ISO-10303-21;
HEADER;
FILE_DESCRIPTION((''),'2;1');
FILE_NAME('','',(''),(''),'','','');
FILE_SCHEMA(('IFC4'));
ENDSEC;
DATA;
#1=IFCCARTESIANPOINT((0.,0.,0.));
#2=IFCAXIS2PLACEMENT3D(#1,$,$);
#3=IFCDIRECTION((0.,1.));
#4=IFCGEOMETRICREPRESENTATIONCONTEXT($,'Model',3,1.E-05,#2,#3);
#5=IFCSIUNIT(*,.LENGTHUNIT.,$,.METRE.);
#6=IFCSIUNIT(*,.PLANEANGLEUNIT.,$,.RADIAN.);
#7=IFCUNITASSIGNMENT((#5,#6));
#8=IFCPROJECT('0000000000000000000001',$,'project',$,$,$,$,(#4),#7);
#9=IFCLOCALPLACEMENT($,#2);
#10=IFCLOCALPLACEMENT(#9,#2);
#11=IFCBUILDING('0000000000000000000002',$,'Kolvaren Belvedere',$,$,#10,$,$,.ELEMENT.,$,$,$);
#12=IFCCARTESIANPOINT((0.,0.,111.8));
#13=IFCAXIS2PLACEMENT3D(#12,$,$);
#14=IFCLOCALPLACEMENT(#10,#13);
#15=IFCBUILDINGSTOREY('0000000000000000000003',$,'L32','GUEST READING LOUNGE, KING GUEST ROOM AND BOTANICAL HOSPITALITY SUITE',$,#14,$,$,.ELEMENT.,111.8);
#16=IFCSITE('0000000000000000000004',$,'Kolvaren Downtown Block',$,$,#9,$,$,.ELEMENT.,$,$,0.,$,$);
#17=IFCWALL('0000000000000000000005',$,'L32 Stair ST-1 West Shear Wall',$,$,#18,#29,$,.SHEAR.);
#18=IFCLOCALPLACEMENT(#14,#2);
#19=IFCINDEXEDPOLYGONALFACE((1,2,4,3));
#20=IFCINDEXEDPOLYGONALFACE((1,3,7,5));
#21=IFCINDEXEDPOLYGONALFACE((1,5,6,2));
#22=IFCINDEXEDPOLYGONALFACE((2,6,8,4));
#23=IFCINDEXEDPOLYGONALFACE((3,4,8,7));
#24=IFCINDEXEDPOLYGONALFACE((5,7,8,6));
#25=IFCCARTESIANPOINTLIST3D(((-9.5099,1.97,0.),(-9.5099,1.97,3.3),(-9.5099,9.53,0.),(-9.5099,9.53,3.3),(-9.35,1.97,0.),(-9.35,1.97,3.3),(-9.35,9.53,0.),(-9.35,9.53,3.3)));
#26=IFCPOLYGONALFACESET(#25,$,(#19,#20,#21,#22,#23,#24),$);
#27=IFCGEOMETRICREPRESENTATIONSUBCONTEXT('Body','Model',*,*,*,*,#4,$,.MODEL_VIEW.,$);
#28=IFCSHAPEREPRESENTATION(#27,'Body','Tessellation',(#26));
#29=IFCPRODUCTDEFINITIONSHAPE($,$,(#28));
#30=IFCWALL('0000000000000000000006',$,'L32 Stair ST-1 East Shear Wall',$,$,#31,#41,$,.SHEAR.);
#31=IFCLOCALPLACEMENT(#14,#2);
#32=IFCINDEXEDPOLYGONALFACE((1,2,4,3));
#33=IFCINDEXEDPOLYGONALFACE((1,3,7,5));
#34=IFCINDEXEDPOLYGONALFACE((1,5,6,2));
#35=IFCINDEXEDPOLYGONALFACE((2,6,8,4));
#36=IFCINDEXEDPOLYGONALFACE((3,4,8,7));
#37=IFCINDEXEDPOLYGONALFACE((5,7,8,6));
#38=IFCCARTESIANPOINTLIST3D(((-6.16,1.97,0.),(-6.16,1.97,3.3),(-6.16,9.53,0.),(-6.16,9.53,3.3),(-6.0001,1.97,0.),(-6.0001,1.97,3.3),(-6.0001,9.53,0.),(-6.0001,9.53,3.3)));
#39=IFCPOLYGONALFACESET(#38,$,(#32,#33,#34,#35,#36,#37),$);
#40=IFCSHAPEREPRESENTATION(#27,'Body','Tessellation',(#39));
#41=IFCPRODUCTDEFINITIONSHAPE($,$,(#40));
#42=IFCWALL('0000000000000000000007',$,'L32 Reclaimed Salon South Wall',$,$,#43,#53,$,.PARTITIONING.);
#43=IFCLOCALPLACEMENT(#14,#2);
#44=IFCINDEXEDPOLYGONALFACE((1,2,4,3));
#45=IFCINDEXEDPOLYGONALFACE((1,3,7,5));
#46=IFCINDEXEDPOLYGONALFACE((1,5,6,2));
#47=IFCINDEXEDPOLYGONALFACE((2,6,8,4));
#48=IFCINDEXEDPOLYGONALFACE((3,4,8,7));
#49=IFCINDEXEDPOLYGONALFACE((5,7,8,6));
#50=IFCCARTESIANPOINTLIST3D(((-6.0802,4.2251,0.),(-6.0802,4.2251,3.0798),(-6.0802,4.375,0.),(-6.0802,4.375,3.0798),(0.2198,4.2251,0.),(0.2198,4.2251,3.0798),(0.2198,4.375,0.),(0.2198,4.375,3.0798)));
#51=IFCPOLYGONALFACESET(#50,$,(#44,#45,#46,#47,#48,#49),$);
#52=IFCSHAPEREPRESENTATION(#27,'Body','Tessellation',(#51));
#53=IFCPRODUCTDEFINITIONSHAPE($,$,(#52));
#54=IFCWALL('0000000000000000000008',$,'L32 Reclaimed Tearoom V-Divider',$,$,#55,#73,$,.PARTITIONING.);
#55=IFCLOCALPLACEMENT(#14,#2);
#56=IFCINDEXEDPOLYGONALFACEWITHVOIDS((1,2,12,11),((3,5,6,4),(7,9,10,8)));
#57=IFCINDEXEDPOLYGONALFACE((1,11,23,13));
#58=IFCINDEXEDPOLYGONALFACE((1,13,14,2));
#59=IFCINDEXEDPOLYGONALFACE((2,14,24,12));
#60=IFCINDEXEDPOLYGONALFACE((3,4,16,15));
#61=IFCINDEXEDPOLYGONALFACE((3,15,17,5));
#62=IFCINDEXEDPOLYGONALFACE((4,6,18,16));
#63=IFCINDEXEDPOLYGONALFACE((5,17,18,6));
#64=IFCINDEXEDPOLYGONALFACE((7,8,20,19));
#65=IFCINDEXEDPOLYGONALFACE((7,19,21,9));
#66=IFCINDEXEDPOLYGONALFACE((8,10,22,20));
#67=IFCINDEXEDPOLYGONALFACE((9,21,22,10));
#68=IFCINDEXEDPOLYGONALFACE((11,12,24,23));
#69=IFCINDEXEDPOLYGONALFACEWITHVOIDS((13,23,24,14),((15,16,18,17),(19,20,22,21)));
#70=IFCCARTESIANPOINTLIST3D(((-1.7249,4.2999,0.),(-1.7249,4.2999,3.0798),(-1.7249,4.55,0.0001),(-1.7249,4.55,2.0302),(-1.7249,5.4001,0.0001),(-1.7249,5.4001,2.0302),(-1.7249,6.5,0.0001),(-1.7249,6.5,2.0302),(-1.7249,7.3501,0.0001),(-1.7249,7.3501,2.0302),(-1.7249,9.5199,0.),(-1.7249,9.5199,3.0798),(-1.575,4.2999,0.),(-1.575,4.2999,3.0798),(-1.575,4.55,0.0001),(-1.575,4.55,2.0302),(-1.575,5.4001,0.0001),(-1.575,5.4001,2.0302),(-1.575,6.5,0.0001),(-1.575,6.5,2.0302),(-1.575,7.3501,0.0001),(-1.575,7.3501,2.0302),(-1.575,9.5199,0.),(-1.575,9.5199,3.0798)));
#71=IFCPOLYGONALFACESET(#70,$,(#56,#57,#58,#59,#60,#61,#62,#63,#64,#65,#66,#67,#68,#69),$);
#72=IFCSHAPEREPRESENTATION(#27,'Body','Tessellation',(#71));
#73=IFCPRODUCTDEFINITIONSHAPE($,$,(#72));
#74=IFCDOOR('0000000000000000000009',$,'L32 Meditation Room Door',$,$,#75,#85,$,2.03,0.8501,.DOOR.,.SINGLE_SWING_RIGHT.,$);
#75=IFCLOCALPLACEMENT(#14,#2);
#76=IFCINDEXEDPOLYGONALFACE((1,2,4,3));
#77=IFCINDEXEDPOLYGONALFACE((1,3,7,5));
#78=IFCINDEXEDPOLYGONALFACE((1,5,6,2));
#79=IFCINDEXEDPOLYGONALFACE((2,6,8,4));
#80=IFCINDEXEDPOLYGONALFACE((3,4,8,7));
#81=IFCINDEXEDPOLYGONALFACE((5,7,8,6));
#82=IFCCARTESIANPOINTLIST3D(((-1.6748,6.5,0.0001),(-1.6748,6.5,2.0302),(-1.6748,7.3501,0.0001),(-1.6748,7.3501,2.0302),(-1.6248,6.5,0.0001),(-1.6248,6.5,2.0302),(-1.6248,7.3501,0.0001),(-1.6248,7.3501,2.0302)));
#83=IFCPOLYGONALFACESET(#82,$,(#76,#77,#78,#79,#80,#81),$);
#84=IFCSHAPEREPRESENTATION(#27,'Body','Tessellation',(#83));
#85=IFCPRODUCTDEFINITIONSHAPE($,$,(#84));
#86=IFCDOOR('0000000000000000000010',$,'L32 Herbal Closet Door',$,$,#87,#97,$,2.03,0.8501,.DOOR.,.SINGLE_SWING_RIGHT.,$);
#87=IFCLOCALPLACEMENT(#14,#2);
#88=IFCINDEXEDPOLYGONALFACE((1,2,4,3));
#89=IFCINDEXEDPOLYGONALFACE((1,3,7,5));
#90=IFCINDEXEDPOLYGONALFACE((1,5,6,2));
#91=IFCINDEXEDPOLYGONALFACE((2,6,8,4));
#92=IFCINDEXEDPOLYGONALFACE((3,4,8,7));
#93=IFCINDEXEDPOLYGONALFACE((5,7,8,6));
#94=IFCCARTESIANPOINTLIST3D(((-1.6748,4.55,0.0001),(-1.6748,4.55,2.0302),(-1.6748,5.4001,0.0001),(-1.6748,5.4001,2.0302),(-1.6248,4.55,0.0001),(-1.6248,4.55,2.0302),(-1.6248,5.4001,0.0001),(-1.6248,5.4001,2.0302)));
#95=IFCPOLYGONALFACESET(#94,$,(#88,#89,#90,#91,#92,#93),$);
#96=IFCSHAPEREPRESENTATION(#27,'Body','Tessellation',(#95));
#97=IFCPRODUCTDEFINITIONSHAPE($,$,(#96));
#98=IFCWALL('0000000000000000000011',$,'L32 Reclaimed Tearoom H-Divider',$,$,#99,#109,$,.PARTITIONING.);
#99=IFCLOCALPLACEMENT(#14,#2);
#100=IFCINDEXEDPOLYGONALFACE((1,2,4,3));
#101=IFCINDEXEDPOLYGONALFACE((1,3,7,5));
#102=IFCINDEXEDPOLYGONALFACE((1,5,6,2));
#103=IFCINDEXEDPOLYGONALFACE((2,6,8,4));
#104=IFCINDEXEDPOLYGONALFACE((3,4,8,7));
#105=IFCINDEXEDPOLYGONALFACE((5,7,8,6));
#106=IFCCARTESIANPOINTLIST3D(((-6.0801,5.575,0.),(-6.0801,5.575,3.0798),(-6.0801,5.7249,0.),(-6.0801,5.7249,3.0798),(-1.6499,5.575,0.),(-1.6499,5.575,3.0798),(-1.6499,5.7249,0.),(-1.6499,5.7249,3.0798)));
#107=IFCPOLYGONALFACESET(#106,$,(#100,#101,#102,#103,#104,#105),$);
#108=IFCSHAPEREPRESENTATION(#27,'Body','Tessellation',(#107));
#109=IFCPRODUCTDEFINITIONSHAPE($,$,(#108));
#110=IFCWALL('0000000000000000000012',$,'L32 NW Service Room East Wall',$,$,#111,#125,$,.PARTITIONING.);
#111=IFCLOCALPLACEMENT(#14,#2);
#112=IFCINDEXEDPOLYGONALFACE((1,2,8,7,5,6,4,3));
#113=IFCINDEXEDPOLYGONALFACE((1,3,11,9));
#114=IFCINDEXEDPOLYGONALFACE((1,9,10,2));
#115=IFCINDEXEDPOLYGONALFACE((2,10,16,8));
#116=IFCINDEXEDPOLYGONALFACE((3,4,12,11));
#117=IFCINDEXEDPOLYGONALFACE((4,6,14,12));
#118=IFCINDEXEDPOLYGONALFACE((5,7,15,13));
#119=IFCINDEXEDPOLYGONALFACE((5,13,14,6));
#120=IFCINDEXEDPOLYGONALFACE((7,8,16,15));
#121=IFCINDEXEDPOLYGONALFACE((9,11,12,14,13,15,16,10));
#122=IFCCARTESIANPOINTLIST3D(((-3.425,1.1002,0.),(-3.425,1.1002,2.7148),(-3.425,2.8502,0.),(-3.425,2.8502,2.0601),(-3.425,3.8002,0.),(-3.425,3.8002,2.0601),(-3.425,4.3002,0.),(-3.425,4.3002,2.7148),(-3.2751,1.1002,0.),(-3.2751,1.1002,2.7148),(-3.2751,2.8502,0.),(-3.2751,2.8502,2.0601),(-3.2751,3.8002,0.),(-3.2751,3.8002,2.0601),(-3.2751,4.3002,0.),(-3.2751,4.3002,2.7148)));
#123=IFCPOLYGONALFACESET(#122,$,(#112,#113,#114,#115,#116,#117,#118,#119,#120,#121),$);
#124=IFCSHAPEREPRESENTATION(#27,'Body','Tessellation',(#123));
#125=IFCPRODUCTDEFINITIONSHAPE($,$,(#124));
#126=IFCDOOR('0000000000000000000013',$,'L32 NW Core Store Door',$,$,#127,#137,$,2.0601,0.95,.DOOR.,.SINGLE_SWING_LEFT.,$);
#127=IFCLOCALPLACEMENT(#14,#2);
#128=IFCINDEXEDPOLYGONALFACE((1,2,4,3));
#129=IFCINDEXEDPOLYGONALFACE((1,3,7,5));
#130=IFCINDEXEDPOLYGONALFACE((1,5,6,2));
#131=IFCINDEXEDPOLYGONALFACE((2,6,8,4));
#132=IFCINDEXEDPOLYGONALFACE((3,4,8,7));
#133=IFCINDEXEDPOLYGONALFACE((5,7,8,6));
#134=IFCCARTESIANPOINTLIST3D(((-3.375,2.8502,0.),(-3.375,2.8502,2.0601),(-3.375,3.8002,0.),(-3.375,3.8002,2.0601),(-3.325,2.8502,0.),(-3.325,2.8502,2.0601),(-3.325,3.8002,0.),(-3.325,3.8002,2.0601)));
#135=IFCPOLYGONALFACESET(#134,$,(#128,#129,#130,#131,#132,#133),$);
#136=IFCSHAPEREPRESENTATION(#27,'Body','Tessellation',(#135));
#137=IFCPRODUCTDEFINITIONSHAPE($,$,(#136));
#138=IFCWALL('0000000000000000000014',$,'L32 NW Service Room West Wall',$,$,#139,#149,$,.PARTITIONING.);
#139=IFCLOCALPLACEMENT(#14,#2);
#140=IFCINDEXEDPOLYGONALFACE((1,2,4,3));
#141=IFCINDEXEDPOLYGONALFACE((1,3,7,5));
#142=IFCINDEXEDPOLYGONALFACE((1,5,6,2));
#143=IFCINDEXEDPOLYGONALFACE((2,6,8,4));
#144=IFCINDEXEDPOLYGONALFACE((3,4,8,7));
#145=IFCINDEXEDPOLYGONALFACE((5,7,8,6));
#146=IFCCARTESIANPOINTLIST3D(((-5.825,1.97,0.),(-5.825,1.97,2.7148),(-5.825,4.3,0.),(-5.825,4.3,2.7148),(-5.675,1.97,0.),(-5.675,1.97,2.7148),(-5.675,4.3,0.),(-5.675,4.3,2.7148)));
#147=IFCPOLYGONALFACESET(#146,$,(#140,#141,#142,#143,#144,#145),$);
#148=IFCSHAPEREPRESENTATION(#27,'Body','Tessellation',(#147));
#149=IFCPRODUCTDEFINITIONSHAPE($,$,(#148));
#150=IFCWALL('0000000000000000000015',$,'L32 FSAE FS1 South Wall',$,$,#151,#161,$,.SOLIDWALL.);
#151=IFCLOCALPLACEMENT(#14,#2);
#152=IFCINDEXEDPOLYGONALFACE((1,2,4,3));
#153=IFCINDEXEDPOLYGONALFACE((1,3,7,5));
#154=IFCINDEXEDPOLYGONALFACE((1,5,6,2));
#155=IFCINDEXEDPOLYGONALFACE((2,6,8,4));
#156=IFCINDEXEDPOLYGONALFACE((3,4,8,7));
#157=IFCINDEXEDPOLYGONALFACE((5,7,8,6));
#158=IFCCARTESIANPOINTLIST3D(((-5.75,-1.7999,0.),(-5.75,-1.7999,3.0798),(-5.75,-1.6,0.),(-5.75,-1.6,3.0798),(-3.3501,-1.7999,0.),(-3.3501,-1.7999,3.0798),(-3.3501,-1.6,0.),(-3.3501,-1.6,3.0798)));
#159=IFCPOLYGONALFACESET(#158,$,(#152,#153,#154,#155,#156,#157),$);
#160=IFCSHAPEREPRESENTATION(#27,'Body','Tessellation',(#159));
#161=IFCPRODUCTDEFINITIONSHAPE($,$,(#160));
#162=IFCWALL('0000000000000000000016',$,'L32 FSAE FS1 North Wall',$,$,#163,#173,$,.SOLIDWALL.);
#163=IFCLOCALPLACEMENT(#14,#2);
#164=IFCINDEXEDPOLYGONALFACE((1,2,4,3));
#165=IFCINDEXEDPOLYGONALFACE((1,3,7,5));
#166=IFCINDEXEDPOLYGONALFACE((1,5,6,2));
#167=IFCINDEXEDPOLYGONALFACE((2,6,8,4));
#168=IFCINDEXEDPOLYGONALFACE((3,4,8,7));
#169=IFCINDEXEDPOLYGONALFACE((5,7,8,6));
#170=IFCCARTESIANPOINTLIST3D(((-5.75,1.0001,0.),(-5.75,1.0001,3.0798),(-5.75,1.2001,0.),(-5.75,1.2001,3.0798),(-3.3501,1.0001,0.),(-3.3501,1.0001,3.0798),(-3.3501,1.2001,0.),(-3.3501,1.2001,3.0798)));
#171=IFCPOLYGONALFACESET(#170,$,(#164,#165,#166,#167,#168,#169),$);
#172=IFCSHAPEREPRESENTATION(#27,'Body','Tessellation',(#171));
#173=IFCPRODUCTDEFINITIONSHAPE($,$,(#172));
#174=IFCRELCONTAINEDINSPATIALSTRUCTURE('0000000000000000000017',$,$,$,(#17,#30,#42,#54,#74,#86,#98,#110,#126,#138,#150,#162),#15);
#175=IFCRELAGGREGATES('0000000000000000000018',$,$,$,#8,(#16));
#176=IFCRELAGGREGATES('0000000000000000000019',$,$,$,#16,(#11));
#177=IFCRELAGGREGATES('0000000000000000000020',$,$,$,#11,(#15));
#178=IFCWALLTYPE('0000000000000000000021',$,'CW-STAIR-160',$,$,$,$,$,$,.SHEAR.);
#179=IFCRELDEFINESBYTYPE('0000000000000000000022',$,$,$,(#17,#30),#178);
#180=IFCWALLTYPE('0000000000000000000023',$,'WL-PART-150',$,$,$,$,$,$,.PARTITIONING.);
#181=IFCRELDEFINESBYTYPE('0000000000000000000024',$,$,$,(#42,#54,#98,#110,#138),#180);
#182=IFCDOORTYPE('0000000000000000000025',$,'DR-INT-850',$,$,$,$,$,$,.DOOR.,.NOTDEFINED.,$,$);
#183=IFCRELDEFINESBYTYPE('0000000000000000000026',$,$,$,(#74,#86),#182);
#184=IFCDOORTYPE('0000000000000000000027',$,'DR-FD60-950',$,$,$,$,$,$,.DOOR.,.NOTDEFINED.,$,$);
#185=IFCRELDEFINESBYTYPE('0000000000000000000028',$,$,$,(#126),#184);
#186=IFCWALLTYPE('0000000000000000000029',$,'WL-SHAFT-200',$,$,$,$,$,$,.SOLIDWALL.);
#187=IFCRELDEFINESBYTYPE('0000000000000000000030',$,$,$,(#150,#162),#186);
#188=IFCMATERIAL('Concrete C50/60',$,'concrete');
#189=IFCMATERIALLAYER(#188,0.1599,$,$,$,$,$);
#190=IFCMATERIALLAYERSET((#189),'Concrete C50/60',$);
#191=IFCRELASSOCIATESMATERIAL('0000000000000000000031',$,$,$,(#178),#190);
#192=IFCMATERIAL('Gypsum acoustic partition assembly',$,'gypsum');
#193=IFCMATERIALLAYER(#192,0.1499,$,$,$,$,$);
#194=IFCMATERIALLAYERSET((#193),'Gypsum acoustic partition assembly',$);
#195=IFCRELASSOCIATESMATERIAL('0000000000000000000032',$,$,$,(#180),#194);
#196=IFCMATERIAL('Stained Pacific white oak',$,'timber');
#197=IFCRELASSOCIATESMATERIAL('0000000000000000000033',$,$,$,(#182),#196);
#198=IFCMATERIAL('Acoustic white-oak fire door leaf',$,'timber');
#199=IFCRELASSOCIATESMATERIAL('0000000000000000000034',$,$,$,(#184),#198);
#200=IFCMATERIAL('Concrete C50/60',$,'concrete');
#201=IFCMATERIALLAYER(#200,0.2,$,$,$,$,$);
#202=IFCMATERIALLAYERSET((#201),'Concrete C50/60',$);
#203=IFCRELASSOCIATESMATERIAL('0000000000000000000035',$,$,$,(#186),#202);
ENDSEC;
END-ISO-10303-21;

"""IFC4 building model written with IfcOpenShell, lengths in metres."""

from ifc_helpers import new_model, si_unit, direction, frame, frame_2d, origin, place, context, subcontext, project, spatial, rectangle, extrude, material, layer, layer_set, type_object, element, fill, save


model = new_model("IFC4")

# Units and contexts
model_context = context("Model", 3, precision=1e-05, world=origin(), true_north=direction((0.0, 1.0)))
body_context = subcontext(model_context, "Body", "Model", "MODEL_VIEW")
ifc_project = project(units=[si_unit("LENGTHUNIT", "METRE"), si_unit("PLANEANGLEUNIT", "RADIAN")], contexts=[model_context])

# Site, building, storey
site_placement = place(None, origin())
site = spatial("IfcSite", under=ifc_project, at=site_placement, Name="Kolvaren Downtown Block", CompositionType="ELEMENT", RefElevation=0.0)
building_placement = place(site_placement, origin())
building = spatial("IfcBuilding", under=site, at=building_placement, Name="Kolvaren Belvedere", CompositionType="ELEMENT")
storey_placement = place(building_placement, frame((0.0, 0.0, 111.8)))
storey = spatial("IfcBuildingStorey", under=building, at=storey_placement, Name="L32", Description="GUEST READING LOUNGE, KING GUEST ROOM AND BOTANICAL HOSPITALITY SUITE", CompositionType="ELEMENT", Elevation=111.8)

# Shared definitions
ifc_material_1 = material(Name="Concrete C50/60", Category="concrete")
ifc_layer_1 = layer(ifc_material_1, 0.1599)
ifc_layer_set_1 = layer_set([ifc_layer_1], Name="Concrete C50/60")
wall_type_1 = type_object("IfcWallType", Name="CW-STAIR-160", PredefinedType="SHEAR", material=ifc_layer_set_1)

# Walls
for number, where, z_axis, x_axis, name in (
    (1, (-9.4299, 1.97, 0.0), (0.0, 0.0, 1.0), (0.0, 1.0, 0.0), "L32 Stair ST-1 West Shear Wall"),
    (2, (-6.0801, 1.97, 0.0), (0.0, 0.0, 1.0), (0.0, 1.0, 0.0), "L32 Stair ST-1 East Shear Wall"),
):
    element("IfcWall", number, at=place(storey_placement, frame(where, z_axis=z_axis, x_axis=x_axis)), inside=storey, type_object=wall_type_1, Name=name, PredefinedType="SHEAR", context=body_context, shape_type="SweptSolid", body=[
        extrude(rectangle(XDim=7.5601, YDim=0.1599, at=frame_2d((3.78, 0.0))), origin(), (0.0, 0.0, 1.0), 3.3),
    ])
ifc_material_2 = material(Name="Gypsum acoustic partition assembly", Category="gypsum")
ifc_layer_2 = layer(ifc_material_2, 0.1499)
ifc_layer_set_2 = layer_set([ifc_layer_2], Name="Gypsum acoustic partition assembly")
wall_type_2 = type_object("IfcWallType", Name="WL-PART-150", PredefinedType="PARTITIONING", material=ifc_layer_set_2)
wall_1_placement = place(storey_placement, frame((-6.0801, 4.3, 0.0), z_axis=(0.0, 0.0, 1.0), x_axis=(1.0, 0.0, 0.0)))
element("IfcWall", 3, at=wall_1_placement, inside=storey, type_object=wall_type_2, Name="L32 Reclaimed Salon South Wall", PredefinedType="PARTITIONING", context=body_context, shape_type="SweptSolid", body=[
    extrude(rectangle(XDim=6.3, YDim=0.1499, at=frame_2d((3.1499, 0.0))), origin(), (0.0, 0.0, 1.0), 3.0798),
])

# Wall, openings, doors
wall_2_placement = place(storey_placement, frame((-1.6499, 4.3, 0.0), z_axis=(0.0, 0.0, 1.0), x_axis=(0.0, 1.0, 0.0)))
wall_2 = element("IfcWall", 4, at=wall_2_placement, inside=storey, type_object=wall_type_2, Name="L32 Reclaimed Tearoom V-Divider", PredefinedType="PARTITIONING", context=body_context, shape_type="SweptSolid", body=[
    extrude(rectangle(XDim=5.22, YDim=0.1499, at=frame_2d((2.6099, 0.0))), origin(), (0.0, 0.0, 1.0), 3.0798),
])
opening_1_placement = place(wall_2_placement, frame((2.2, 0.0, 0.0)))
opening_1 = element("IfcOpeningElement", 5, at=opening_1_placement, cuts=wall_2, PredefinedType="OPENING", context=body_context, shape_type="SweptSolid", body=[
    extrude(rectangle(XDim=0.8501, YDim=2.03, at=frame_2d((0.425, 1.0151))), frame((0.0, 0.085, 0.0), z_axis=(0.0, -1.0, 0.0), x_axis=(1.0, 0.0, 0.0)), (0.0, 0.0, 1.0), 0.1699),
])
opening_2_placement = place(wall_2_placement, frame((0.25, 0.0, 0.0)))
opening_2 = element("IfcOpeningElement", 6, at=opening_2_placement, cuts=wall_2, PredefinedType="OPENING", context=body_context, shape_type="SweptSolid", body=[
    extrude(rectangle(XDim=0.8501, YDim=2.03, at=frame_2d((0.425, 1.0151))), frame((0.0, 0.085, 0.0), z_axis=(0.0, -1.0, 0.0), x_axis=(1.0, 0.0, 0.0)), (0.0, 0.0, 1.0), 0.1699),
])
ifc_material_3 = material(Name="Stained Pacific white oak", Category="timber")
door_type_1 = type_object("IfcDoorType", Name="DR-INT-850", OperationType="NOTDEFINED", PredefinedType="DOOR", material=ifc_material_3)
door_1_placement = place(opening_1_placement, origin())
door_1 = element("IfcDoor", 7, at=door_1_placement, inside=storey, type_object=door_type_1, Name="L32 Meditation Room Door", OperationType="SINGLE_SWING_RIGHT", OverallHeight=2.03, OverallWidth=0.8501, PredefinedType="DOOR", context=body_context, shape_type="SweptSolid", body=[
    extrude(rectangle(XDim=0.8501, YDim=2.03, at=frame_2d((0.425, 1.0151))), frame((0.0, 0.0249, 0.0), z_axis=(0.0, -1.0, 0.0), x_axis=(1.0, 0.0, 0.0)), (0.0, 0.0, 1.0), 0.05),
])
fill(opening_1, door_1)
door_2_placement = place(opening_2_placement, origin())
door_2 = element("IfcDoor", 8, at=door_2_placement, inside=storey, type_object=door_type_1, Name="L32 Herbal Closet Door", OperationType="SINGLE_SWING_RIGHT", OverallHeight=2.03, OverallWidth=0.8501, PredefinedType="DOOR", context=body_context, shape_type="SweptSolid", body=[
    extrude(rectangle(XDim=0.8501, YDim=2.03, at=frame_2d((0.425, 1.0151))), frame((0.0, 0.0249, 0.0), z_axis=(0.0, -1.0, 0.0), x_axis=(1.0, 0.0, 0.0)), (0.0, 0.0, 1.0), 0.05),
])
fill(opening_2, door_2)

# Wall
wall_3_placement = place(storey_placement, frame((-6.0801, 5.6499, 0.0), z_axis=(0.0, 0.0, 1.0), x_axis=(1.0, 0.0, 0.0)))
element("IfcWall", 9, at=wall_3_placement, inside=storey, type_object=wall_type_2, Name="L32 Reclaimed Tearoom H-Divider", PredefinedType="PARTITIONING", context=body_context, shape_type="SweptSolid", body=[
    extrude(rectangle(XDim=4.4302, YDim=0.1499, at=frame_2d((2.2151, 0.0))), origin(), (0.0, 0.0, 1.0), 3.0798),
])

# Wall, opening, door
wall_4_placement = place(storey_placement, frame((-3.3501, 1.1001, 0.0), z_axis=(0.0, 0.0, 1.0), x_axis=(0.0, 1.0, 0.0)))
wall_4 = element("IfcWall", 10, at=wall_4_placement, inside=storey, type_object=wall_type_2, Name="L32 NW Service Room East Wall", PredefinedType="PARTITIONING", context=body_context, shape_type="SweptSolid", body=[
    extrude(rectangle(XDim=3.2, YDim=0.1499, at=frame_2d((1.6001, 0.0))), origin(), (0.0, 0.0, 1.0), 2.7148),
])
opening_3_placement = place(wall_4_placement, frame((1.75, 0.0, 0.0)))
opening_3 = element("IfcOpeningElement", 11, at=opening_3_placement, cuts=wall_4, PredefinedType="OPENING", context=body_context, shape_type="SweptSolid", body=[
    extrude(rectangle(XDim=0.95, YDim=2.0601, at=frame_2d((0.4751, 1.03))), frame((0.0, 0.085, 0.0), z_axis=(0.0, -1.0, 0.0), x_axis=(1.0, 0.0, 0.0)), (0.0, 0.0, 1.0), 0.1699),
])
ifc_material_4 = material(Name="Acoustic white-oak fire door leaf", Category="timber")
door_type_2 = type_object("IfcDoorType", Name="DR-FD60-950", OperationType="NOTDEFINED", PredefinedType="DOOR", material=ifc_material_4)
door_3_placement = place(opening_3_placement, origin())
door_3 = element("IfcDoor", 12, at=door_3_placement, inside=storey, type_object=door_type_2, Name="L32 NW Core Store Door", OperationType="SINGLE_SWING_LEFT", OverallHeight=2.0601, OverallWidth=0.95, PredefinedType="DOOR", context=body_context, shape_type="SweptSolid", body=[
    extrude(rectangle(XDim=0.95, YDim=2.0601, at=frame_2d((0.4751, 1.03))), frame((0.0, 0.0249, 0.0), z_axis=(0.0, -1.0, 0.0), x_axis=(1.0, 0.0, 0.0)), (0.0, 0.0, 1.0), 0.05),
])
fill(opening_3, door_3)

# Walls
wall_5_placement = place(storey_placement, frame((-5.75, 1.97, 0.0), z_axis=(0.0, 0.0, 1.0), x_axis=(0.0, 1.0, 0.0)))
element("IfcWall", 13, at=wall_5_placement, inside=storey, type_object=wall_type_2, Name="L32 NW Service Room West Wall", PredefinedType="PARTITIONING", context=body_context, shape_type="SweptSolid", body=[
    extrude(rectangle(XDim=2.3301, YDim=0.1499, at=frame_2d((1.165, 0.0))), origin(), (0.0, 0.0, 1.0), 2.7148),
])
ifc_material_5 = material(Name="Concrete C50/60", Category="concrete")
ifc_layer_3 = layer(ifc_material_5, 0.2)
ifc_layer_set_3 = layer_set([ifc_layer_3], Name="Concrete C50/60")
wall_type_3 = type_object("IfcWallType", Name="WL-SHAFT-200", PredefinedType="SOLIDWALL", material=ifc_layer_set_3)
for number, where, z_axis, x_axis, name in (
    (14, (-5.75, -1.7, 0.0), (0.0, 0.0, 1.0), (1.0, 0.0, 0.0), "L32 FSAE FS1 South Wall"),
    (15, (-5.75, 1.1001, 0.0), (0.0, 0.0, 1.0), (1.0, 0.0, 0.0), "L32 FSAE FS1 North Wall"),
):
    element("IfcWall", number, at=place(storey_placement, frame(where, z_axis=z_axis, x_axis=x_axis)), inside=storey, type_object=wall_type_3, Name=name, PredefinedType="SOLIDWALL", context=body_context, shape_type="SweptSolid", body=[
        extrude(rectangle(XDim=2.3999, YDim=0.2, at=frame_2d((1.2, 0.0))), origin(), (0.0, 0.0, 1.0), 3.0798),
    ])

save(model, "model.ifc")
